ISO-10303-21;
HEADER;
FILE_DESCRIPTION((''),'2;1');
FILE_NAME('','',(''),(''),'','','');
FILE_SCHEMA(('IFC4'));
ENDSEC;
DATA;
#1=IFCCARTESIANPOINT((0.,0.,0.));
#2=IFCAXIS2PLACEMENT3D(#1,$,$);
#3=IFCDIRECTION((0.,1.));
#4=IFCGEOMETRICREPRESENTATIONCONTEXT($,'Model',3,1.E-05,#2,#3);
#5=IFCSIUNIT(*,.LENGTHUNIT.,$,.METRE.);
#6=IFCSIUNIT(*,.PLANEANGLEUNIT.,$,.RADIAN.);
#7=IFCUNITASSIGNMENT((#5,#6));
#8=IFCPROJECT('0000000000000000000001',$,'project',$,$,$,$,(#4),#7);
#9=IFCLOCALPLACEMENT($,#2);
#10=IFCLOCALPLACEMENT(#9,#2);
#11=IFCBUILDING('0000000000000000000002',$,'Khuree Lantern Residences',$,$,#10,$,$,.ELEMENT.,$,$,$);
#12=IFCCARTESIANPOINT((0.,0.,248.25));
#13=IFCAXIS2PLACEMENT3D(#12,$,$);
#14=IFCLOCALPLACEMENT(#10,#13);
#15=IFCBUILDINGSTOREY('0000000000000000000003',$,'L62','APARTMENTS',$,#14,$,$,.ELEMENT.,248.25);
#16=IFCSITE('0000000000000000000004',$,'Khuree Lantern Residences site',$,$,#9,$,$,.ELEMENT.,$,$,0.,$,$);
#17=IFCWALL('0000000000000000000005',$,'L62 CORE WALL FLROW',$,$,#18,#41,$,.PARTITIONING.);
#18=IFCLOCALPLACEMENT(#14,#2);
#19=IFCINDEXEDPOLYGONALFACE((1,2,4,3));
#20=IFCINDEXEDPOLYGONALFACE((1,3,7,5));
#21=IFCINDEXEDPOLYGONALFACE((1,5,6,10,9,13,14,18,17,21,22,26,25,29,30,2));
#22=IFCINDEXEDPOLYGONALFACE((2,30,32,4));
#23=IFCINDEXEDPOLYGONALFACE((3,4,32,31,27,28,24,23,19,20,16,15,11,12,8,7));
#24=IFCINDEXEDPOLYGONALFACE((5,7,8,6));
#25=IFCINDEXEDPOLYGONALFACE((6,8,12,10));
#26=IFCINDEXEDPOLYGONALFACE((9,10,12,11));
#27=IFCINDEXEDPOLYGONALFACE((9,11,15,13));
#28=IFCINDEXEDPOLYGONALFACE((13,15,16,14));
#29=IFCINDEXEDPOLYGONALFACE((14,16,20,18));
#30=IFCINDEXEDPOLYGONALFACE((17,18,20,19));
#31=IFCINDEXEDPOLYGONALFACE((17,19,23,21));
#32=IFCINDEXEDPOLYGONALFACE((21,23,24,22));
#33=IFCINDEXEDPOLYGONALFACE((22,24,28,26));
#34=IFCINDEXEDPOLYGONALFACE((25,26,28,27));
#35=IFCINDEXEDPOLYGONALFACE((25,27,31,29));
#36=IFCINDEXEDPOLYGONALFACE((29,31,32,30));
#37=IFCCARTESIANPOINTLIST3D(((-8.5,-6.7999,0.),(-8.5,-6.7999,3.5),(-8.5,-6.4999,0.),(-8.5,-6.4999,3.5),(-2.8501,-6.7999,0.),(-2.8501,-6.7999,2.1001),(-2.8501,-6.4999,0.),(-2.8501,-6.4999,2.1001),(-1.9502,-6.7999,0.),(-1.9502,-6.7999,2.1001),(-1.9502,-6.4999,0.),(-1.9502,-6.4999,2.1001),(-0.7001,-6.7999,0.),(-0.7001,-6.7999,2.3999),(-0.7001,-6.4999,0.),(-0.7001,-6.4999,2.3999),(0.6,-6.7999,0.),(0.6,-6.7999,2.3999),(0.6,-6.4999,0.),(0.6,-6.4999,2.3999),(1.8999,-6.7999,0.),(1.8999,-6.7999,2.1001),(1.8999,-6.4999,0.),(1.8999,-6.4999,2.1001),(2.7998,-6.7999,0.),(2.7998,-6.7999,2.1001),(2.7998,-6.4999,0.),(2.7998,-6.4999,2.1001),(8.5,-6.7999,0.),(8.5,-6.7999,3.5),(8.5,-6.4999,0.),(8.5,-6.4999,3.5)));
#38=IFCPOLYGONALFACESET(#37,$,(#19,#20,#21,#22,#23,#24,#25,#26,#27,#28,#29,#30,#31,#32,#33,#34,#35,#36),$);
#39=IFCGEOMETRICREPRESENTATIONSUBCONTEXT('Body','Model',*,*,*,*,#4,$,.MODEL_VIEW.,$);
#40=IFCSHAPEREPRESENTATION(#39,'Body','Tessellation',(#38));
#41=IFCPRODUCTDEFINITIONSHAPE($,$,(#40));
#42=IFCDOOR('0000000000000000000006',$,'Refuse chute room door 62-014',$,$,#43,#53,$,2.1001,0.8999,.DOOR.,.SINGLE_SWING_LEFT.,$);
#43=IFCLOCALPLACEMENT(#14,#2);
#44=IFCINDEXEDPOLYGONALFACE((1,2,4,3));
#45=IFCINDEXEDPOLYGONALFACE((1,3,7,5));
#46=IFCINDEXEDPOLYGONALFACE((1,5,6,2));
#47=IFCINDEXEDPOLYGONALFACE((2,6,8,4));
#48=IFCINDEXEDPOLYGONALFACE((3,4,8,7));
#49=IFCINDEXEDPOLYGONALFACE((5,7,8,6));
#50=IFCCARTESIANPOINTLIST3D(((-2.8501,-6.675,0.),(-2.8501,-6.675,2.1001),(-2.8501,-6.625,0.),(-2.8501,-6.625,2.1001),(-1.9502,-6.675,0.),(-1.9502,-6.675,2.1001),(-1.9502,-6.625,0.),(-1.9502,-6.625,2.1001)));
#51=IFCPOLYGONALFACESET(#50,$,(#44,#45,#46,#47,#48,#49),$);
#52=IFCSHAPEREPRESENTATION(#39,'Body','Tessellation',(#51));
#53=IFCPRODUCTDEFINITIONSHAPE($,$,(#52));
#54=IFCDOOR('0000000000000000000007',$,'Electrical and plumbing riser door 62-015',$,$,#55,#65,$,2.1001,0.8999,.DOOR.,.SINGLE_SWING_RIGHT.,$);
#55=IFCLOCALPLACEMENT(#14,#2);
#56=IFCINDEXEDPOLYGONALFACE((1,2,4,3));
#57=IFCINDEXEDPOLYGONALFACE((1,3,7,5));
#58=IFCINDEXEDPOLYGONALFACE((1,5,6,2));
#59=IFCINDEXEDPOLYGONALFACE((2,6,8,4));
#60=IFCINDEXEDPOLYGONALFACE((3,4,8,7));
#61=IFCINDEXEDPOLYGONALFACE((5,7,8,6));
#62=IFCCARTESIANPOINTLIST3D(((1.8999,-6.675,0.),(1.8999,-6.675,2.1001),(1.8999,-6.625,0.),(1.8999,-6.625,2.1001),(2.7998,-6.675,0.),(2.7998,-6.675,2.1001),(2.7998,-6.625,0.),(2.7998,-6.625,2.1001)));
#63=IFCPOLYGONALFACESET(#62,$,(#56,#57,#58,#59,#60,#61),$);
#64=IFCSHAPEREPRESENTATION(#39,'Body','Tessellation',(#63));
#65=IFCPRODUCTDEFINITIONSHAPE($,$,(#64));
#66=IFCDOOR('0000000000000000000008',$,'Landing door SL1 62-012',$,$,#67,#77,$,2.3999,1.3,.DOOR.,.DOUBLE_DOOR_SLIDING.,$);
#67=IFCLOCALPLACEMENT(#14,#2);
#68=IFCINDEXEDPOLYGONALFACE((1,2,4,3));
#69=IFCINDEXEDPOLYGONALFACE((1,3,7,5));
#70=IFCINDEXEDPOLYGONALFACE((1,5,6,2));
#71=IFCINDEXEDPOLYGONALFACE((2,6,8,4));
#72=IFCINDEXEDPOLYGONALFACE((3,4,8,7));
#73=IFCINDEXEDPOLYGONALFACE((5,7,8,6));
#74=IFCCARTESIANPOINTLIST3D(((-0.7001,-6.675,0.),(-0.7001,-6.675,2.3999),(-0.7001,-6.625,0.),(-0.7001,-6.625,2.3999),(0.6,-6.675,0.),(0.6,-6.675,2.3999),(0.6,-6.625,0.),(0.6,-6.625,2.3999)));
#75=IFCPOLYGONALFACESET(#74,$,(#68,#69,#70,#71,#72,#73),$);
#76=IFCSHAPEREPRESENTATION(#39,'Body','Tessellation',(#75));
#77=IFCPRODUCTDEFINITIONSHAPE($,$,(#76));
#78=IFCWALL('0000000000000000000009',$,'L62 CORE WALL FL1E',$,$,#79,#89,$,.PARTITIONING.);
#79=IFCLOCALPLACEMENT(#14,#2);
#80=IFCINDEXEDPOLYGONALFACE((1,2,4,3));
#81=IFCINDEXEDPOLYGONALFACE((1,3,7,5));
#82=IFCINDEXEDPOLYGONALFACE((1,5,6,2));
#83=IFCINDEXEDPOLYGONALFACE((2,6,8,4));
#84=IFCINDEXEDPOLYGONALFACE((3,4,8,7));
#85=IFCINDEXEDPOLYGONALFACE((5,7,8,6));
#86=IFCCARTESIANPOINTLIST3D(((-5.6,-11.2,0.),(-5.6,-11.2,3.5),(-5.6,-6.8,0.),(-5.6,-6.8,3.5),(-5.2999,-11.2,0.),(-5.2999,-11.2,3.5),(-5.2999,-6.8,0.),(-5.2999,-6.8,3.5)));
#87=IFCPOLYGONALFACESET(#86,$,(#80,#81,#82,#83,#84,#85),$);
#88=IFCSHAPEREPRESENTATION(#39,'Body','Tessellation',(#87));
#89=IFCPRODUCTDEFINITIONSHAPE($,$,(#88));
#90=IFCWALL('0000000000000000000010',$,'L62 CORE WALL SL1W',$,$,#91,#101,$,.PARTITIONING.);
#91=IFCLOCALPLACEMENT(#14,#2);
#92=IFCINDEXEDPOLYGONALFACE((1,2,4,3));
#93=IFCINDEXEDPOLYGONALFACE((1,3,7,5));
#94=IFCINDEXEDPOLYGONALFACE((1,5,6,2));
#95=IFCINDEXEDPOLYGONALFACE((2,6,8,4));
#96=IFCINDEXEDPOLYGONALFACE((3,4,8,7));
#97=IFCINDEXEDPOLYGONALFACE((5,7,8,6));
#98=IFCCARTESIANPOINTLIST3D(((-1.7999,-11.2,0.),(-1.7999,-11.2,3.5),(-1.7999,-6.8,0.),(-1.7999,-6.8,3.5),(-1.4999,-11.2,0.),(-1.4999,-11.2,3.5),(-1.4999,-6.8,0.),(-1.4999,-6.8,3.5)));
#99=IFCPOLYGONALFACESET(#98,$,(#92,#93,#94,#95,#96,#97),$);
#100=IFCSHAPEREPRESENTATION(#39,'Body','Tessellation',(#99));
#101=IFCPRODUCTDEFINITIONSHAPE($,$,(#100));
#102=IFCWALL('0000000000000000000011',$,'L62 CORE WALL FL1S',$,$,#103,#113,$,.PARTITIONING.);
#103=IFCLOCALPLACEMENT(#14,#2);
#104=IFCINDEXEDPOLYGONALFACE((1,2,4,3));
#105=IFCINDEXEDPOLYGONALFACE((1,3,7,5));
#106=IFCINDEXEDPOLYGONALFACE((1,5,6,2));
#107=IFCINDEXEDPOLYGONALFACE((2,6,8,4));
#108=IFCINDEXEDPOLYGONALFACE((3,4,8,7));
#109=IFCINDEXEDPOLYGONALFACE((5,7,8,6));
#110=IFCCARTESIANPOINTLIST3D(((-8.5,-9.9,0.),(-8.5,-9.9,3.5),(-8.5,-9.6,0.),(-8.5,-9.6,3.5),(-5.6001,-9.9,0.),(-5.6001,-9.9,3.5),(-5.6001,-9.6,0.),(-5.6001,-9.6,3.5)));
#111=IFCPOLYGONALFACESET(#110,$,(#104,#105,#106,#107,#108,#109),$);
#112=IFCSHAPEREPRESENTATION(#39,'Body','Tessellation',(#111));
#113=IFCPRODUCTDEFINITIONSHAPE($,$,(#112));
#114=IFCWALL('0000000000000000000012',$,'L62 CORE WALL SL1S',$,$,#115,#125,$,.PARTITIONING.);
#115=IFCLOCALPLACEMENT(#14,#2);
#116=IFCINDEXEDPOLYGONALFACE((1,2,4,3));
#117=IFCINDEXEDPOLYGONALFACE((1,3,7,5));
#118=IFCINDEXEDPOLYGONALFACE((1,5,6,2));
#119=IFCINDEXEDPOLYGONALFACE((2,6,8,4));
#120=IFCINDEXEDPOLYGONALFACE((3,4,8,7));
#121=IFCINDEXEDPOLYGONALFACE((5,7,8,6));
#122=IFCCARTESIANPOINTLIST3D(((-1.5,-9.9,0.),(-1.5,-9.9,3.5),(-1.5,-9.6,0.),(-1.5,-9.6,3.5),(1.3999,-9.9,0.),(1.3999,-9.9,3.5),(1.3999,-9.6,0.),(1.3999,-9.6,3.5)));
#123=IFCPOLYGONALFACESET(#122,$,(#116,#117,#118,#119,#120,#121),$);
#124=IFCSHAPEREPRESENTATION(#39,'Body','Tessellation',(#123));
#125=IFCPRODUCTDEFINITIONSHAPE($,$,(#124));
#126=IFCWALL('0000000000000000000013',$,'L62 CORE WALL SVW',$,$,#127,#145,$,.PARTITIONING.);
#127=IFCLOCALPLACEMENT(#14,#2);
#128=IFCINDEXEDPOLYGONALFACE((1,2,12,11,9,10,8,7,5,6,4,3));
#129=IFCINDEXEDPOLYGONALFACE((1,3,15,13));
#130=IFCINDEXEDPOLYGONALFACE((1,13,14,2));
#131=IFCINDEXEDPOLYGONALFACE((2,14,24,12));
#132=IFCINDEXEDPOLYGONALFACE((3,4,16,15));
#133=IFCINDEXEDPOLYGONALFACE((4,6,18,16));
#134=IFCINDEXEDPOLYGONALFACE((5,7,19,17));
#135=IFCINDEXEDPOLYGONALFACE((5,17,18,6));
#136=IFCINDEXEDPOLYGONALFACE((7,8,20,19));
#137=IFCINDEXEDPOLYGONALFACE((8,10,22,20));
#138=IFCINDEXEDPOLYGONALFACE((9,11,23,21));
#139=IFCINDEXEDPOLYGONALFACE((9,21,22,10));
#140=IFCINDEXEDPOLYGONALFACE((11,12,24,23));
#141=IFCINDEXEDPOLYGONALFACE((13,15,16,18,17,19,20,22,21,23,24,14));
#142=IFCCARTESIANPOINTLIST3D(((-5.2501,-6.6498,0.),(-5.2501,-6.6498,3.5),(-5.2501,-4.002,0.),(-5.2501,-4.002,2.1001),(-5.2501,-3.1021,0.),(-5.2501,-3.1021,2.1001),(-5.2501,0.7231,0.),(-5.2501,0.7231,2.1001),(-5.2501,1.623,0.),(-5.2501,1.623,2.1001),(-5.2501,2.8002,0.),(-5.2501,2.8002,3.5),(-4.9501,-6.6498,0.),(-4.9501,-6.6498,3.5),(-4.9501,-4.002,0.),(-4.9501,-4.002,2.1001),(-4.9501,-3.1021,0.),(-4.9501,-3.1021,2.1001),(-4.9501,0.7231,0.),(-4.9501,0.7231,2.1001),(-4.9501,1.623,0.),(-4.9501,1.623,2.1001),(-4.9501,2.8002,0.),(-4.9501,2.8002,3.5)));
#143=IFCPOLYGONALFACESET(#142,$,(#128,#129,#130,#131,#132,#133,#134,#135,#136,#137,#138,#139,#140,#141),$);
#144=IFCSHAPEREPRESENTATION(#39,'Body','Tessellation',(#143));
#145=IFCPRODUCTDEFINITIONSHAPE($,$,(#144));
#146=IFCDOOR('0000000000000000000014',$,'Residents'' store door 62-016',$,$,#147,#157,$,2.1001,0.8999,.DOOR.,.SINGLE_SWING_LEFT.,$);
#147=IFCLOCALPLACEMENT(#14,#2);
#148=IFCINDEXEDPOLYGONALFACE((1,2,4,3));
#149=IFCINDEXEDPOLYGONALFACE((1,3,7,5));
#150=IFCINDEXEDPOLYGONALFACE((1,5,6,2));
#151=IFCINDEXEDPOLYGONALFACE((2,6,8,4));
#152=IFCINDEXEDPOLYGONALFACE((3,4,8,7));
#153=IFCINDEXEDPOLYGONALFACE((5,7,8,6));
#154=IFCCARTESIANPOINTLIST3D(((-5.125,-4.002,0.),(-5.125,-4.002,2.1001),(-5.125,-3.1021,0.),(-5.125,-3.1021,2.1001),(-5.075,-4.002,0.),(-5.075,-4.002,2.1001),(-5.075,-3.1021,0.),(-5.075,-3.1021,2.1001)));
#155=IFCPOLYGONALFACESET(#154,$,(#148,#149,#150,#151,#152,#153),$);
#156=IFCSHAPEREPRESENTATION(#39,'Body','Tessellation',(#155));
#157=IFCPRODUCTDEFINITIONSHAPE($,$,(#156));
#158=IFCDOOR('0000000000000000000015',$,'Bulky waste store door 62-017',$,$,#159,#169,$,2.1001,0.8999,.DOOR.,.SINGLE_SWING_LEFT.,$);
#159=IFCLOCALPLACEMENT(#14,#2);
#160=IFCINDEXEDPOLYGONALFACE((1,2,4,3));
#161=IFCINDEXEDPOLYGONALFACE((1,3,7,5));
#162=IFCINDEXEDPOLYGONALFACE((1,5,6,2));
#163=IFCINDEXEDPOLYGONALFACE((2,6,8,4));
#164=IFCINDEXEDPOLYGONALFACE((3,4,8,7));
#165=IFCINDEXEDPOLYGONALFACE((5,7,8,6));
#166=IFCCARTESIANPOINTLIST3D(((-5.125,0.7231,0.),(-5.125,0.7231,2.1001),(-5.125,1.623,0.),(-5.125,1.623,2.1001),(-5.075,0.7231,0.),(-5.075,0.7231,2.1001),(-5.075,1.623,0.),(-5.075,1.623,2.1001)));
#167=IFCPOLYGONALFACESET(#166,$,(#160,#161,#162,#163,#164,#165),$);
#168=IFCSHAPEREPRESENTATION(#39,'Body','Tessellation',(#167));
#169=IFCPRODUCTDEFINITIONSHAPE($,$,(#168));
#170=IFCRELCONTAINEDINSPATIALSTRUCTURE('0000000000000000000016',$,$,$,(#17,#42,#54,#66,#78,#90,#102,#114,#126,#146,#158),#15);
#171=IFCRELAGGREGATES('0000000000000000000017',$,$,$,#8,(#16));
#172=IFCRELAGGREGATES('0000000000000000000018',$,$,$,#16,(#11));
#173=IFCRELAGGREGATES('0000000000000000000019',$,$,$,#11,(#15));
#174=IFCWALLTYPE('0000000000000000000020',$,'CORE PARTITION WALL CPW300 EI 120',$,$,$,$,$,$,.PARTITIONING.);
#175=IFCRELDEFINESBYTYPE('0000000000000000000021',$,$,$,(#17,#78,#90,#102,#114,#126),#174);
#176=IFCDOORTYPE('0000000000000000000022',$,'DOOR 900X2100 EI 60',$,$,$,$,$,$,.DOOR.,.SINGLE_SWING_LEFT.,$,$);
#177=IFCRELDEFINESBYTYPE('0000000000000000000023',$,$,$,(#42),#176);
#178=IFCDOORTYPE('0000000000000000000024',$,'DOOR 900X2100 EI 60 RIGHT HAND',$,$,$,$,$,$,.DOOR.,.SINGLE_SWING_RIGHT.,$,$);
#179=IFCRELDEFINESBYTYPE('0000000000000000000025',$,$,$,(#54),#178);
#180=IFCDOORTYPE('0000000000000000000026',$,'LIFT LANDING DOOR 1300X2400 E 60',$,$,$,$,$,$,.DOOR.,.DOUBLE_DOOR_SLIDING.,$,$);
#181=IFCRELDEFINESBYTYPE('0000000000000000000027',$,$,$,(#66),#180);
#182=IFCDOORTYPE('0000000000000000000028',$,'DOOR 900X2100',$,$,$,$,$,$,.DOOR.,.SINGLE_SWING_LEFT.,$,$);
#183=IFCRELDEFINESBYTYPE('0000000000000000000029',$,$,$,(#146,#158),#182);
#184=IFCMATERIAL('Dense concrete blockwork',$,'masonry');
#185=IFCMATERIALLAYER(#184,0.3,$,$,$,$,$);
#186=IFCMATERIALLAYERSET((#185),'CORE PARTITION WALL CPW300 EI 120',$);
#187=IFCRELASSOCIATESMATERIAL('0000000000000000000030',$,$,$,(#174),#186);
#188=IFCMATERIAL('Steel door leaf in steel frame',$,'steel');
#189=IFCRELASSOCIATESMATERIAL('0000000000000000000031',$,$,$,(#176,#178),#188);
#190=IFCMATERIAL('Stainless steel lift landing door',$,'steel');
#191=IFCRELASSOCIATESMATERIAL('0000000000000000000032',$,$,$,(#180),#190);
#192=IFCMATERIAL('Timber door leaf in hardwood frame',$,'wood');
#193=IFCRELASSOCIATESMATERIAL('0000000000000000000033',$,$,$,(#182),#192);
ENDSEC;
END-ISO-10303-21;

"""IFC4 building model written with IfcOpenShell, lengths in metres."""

from ifc_helpers import new_model, si_unit, direction, frame, frame_2d, origin, place, context, subcontext, project, spatial, rectangle, extrude, material, layer, layer_set, type_object, element, fill, save


model = new_model("IFC4")

# Units and contexts
model_context = context("Model", 3, precision=1e-05, world=origin(), true_north=direction((0.0, 1.0)))
body_context = subcontext(model_context, "Body", "Model", "MODEL_VIEW")
ifc_project = project(units=[si_unit("LENGTHUNIT", "METRE"), si_unit("PLANEANGLEUNIT", "RADIAN")], contexts=[model_context])

# Site, building, storey
site_placement = place(None, origin())
site = spatial("IfcSite", under=ifc_project, at=site_placement, Name="Khuree Lantern Residences site", CompositionType="ELEMENT", RefElevation=0.0)
building_placement = place(site_placement, origin())
building = spatial("IfcBuilding", under=site, at=building_placement, Name="Khuree Lantern Residences", CompositionType="ELEMENT")
storey_placement = place(building_placement, frame((0.0, 0.0, 248.25)))
storey = spatial("IfcBuildingStorey", under=building, at=storey_placement, Name="L62", Description="APARTMENTS", CompositionType="ELEMENT", Elevation=248.25)

# Wall, openings, doors
ifc_material_1 = material(Name="Dense concrete blockwork", Category="masonry")
ifc_layer_1 = layer(ifc_material_1, 0.3)
ifc_layer_set_1 = layer_set([ifc_layer_1], Name="CORE PARTITION WALL CPW300 EI 120")
wall_type_1 = type_object("IfcWallType", Name="CORE PARTITION WALL CPW300 EI 120", PredefinedType="PARTITIONING", material=ifc_layer_set_1)
wall_1_placement = place(storey_placement, frame((-8.5, -6.6499, 0.0), z_axis=(0.0, 0.0, 1.0), x_axis=(1.0, 0.0, 0.0)))
wall_1 = element("IfcWall", 1, at=wall_1_placement, inside=storey, type_object=wall_type_1, Name="L62 CORE WALL FLROW", PredefinedType="PARTITIONING", context=body_context, shape_type="SweptSolid", body=[
    extrude(rectangle(XDim=17.0, YDim=0.3, at=frame_2d((8.5, 0.0))), origin(), (0.0, 0.0, 1.0), 3.5),
])
opening_1_placement = place(wall_1_placement, frame((7.8, 0.0, 0.0)))
opening_1 = element("IfcOpeningElement", 2, at=opening_1_placement, cuts=wall_1, PredefinedType="OPENING", context=body_context, shape_type="SweptSolid", body=[
    extrude(rectangle(XDim=1.3, YDim=2.3999, at=frame_2d((0.6499, 1.2))), frame((0.0, 0.1602, 0.0), z_axis=(0.0, -1.0, 0.0), x_axis=(1.0, 0.0, 0.0)), (0.0, 0.0, 1.0), 0.3201),
])
opening_2_placement = place(wall_1_placement, frame((5.6499, 0.0, 0.0)))
opening_2 = element("IfcOpeningElement", 3, at=opening_2_placement, cuts=wall_1, PredefinedType="OPENING", context=body_context, shape_type="SweptSolid", body=[
    extrude(rectangle(XDim=0.8999, YDim=2.1001, at=frame_2d((0.45, 1.05))), frame((0.0, 0.1602, 0.0), z_axis=(0.0, -1.0, 0.0), x_axis=(1.0, 0.0, 0.0)), (0.0, 0.0, 1.0), 0.3201),
])
opening_3_placement = place(wall_1_placement, frame((10.3999, 0.0, 0.0)))
opening_3 = element("IfcOpeningElement", 4, at=opening_3_placement, cuts=wall_1, PredefinedType="OPENING", context=body_context, shape_type="SweptSolid", body=[
    extrude(rectangle(XDim=0.8999, YDim=2.1001, at=frame_2d((0.45, 1.05))), frame((0.0, 0.1602, 0.0), z_axis=(0.0, -1.0, 0.0), x_axis=(1.0, 0.0, 0.0)), (0.0, 0.0, 1.0), 0.3201),
])
ifc_material_2 = material(Name="Steel door leaf in steel frame", Category="steel")
door_type_1 = type_object("IfcDoorType", Name="DOOR 900X2100 EI 60", OperationType="SINGLE_SWING_LEFT", PredefinedType="DOOR", material=ifc_material_2)
door_1_placement = place(opening_2_placement, origin())
door_1 = element("IfcDoor", 5, at=door_1_placement, inside=storey, type_object=door_type_1, Name="Refuse chute room door 62-014", OperationType="SINGLE_SWING_LEFT", OverallHeight=2.1001, OverallWidth=0.8999, PredefinedType="DOOR", context=body_context, shape_type="SweptSolid", body=[
    extrude(rectangle(XDim=0.8999, YDim=2.1001, at=frame_2d((0.45, 1.05))), frame((0.0, 0.0249, 0.0), z_axis=(0.0, -1.0, 0.0), x_axis=(1.0, 0.0, 0.0)), (0.0, 0.0, 1.0), 0.05),
])
fill(opening_2, door_1)
door_type_2 = type_object("IfcDoorType", Name="DOOR 900X2100 EI 60 RIGHT HAND", OperationType="SINGLE_SWING_RIGHT", PredefinedType="DOOR", material=ifc_material_2)
door_2_placement = place(opening_3_placement, origin())
door_2 = element("IfcDoor", 6, at=door_2_placement, inside=storey, type_object=door_type_2, Name="Electrical and plumbing riser door 62-015", OperationType="SINGLE_SWING_RIGHT", OverallHeight=2.1001, OverallWidth=0.8999, PredefinedType="DOOR", context=body_context, shape_type="SweptSolid", body=[
    extrude(rectangle(XDim=0.8999, YDim=2.1001, at=frame_2d((0.45, 1.05))), frame((0.0, 0.0249, 0.0), z_axis=(0.0, -1.0, 0.0), x_axis=(1.0, 0.0, 0.0)), (0.0, 0.0, 1.0), 0.05),
])
fill(opening_3, door_2)
ifc_material_3 = material(Name="Stainless steel lift landing door", Category="steel")
door_type_3 = type_object("IfcDoorType", Name="LIFT LANDING DOOR 1300X2400 E 60", OperationType="DOUBLE_DOOR_SLIDING", PredefinedType="DOOR", material=ifc_material_3)
door_3_placement = place(opening_1_placement, origin())
door_3 = element("IfcDoor", 7, at=door_3_placement, inside=storey, type_object=door_type_3, Name="Landing door SL1 62-012", OperationType="DOUBLE_DOOR_SLIDING", OverallHeight=2.3999, OverallWidth=1.3, PredefinedType="DOOR", context=body_context, shape_type="SweptSolid", body=[
    extrude(rectangle(XDim=1.3, YDim=2.3999, at=frame_2d((0.6499, 1.2))), frame((0.0, 0.0249, 0.0), z_axis=(0.0, -1.0, 0.0), x_axis=(1.0, 0.0, 0.0)), (0.0, 0.0, 1.0), 0.05),
])
fill(opening_1, door_3)

# Walls
for number, where, z_axis, x_axis, name in (
    (8, (-5.45, -11.2, 0.0), (0.0, 0.0, 1.0), (0.0, 1.0, 0.0), "L62 CORE WALL FL1E"),
    (9, (-1.6499, -11.2, 0.0), (0.0, 0.0, 1.0), (0.0, 1.0, 0.0), "L62 CORE WALL SL1W"),
):
    element("IfcWall", number, at=place(storey_placement, frame(where, z_axis=z_axis, x_axis=x_axis)), inside=storey, type_object=wall_type_1, Name=name, PredefinedType="PARTITIONING", context=body_context, shape_type="SweptSolid", body=[
        extrude(rectangle(XDim=4.3999, YDim=0.3, at=frame_2d((2.2, 0.0))), origin(), (0.0, 0.0, 1.0), 3.5),
    ])
for number, where, z_axis, x_axis, name in (
    (10, (-8.5, -9.75, 0.0), (0.0, 0.0, 1.0), (1.0, 0.0, 0.0), "L62 CORE WALL FL1S"),
    (11, (-1.5, -9.75, 0.0), (0.0, 0.0, 1.0), (1.0, 0.0, 0.0), "L62 CORE WALL SL1S"),
):
    element("IfcWall", number, at=place(storey_placement, frame(where, z_axis=z_axis, x_axis=x_axis)), inside=storey, type_object=wall_type_1, Name=name, PredefinedType="PARTITIONING", context=body_context, shape_type="SweptSolid", body=[
        extrude(rectangle(XDim=2.8999, YDim=0.3, at=frame_2d((1.45, 0.0))), origin(), (0.0, 0.0, 1.0), 3.5),
    ])

# Wall, openings, doors
wall_2_placement = place(storey_placement, frame((-5.1001, -6.6499, 0.0), z_axis=(0.0, 0.0, 1.0), x_axis=(0.0, 1.0, 0.0)))
wall_2 = element("IfcWall", 12, at=wall_2_placement, inside=storey, type_object=wall_type_1, Name="L62 CORE WALL SVW", PredefinedType="PARTITIONING", context=body_context, shape_type="SweptSolid", body=[
    extrude(rectangle(XDim=9.45, YDim=0.3, at=frame_2d((4.7251, 0.0))), origin(), (0.0, 0.0, 1.0), 3.5),
])
opening_4_placement = place(wall_2_placement, frame((2.6479, 0.0, 0.0)))
opening_4 = element("IfcOpeningElement", 13, at=opening_4_placement, cuts=wall_2, PredefinedType="OPENING", context=body_context, shape_type="SweptSolid", body=[
    extrude(rectangle(XDim=0.8999, YDim=2.1001, at=frame_2d((0.45, 1.05))), frame((0.0, 0.1602, 0.0), z_axis=(0.0, -1.0, 0.0), x_axis=(1.0, 0.0, 0.0)), (0.0, 0.0, 1.0), 0.3201),
])
opening_5_placement = place(wall_2_placement, frame((7.373, 0.0, 0.0)))
opening_5 = element("IfcOpeningElement", 14, at=opening_5_placement, cuts=wall_2, PredefinedType="OPENING", context=body_context, shape_type="SweptSolid", body=[
    extrude(rectangle(XDim=0.8999, YDim=2.1001, at=frame_2d((0.45, 1.05))), frame((0.0, 0.1602, 0.0), z_axis=(0.0, -1.0, 0.0), x_axis=(1.0, 0.0, 0.0)), (0.0, 0.0, 1.0), 0.3201),
])
ifc_material_4 = material(Name="Timber door leaf in hardwood frame", Category="wood")
door_type_4 = type_object("IfcDoorType", Name="DOOR 900X2100", OperationType="SINGLE_SWING_LEFT", PredefinedType="DOOR", material=ifc_material_4)
door_4_placement = place(opening_4_placement, origin())
door_4 = element("IfcDoor", 15, at=door_4_placement, inside=storey, type_object=door_type_4, Name="Residents' store door 62-016", OperationType="SINGLE_SWING_LEFT", OverallHeight=2.1001, OverallWidth=0.8999, PredefinedType="DOOR", context=body_context, shape_type="SweptSolid", body=[
    extrude(rectangle(XDim=0.8999, YDim=2.1001, at=frame_2d((0.45, 1.05))), frame((0.0, 0.0249, 0.0), z_axis=(0.0, -1.0, 0.0), x_axis=(1.0, 0.0, 0.0)), (0.0, 0.0, 1.0), 0.05),
])
fill(opening_4, door_4)
door_5_placement = place(opening_5_placement, origin())
door_5 = element("IfcDoor", 16, at=door_5_placement, inside=storey, type_object=door_type_4, Name="Bulky waste store door 62-017", OperationType="SINGLE_SWING_LEFT", OverallHeight=2.1001, OverallWidth=0.8999, PredefinedType="DOOR", context=body_context, shape_type="SweptSolid", body=[
    extrude(rectangle(XDim=0.8999, YDim=2.1001, at=frame_2d((0.45, 1.05))), frame((0.0, 0.0249, 0.0), z_axis=(0.0, -1.0, 0.0), x_axis=(1.0, 0.0, 0.0)), (0.0, 0.0, 1.0), 0.05),
])
fill(opening_5, door_5)

save(model, "model.ifc")
